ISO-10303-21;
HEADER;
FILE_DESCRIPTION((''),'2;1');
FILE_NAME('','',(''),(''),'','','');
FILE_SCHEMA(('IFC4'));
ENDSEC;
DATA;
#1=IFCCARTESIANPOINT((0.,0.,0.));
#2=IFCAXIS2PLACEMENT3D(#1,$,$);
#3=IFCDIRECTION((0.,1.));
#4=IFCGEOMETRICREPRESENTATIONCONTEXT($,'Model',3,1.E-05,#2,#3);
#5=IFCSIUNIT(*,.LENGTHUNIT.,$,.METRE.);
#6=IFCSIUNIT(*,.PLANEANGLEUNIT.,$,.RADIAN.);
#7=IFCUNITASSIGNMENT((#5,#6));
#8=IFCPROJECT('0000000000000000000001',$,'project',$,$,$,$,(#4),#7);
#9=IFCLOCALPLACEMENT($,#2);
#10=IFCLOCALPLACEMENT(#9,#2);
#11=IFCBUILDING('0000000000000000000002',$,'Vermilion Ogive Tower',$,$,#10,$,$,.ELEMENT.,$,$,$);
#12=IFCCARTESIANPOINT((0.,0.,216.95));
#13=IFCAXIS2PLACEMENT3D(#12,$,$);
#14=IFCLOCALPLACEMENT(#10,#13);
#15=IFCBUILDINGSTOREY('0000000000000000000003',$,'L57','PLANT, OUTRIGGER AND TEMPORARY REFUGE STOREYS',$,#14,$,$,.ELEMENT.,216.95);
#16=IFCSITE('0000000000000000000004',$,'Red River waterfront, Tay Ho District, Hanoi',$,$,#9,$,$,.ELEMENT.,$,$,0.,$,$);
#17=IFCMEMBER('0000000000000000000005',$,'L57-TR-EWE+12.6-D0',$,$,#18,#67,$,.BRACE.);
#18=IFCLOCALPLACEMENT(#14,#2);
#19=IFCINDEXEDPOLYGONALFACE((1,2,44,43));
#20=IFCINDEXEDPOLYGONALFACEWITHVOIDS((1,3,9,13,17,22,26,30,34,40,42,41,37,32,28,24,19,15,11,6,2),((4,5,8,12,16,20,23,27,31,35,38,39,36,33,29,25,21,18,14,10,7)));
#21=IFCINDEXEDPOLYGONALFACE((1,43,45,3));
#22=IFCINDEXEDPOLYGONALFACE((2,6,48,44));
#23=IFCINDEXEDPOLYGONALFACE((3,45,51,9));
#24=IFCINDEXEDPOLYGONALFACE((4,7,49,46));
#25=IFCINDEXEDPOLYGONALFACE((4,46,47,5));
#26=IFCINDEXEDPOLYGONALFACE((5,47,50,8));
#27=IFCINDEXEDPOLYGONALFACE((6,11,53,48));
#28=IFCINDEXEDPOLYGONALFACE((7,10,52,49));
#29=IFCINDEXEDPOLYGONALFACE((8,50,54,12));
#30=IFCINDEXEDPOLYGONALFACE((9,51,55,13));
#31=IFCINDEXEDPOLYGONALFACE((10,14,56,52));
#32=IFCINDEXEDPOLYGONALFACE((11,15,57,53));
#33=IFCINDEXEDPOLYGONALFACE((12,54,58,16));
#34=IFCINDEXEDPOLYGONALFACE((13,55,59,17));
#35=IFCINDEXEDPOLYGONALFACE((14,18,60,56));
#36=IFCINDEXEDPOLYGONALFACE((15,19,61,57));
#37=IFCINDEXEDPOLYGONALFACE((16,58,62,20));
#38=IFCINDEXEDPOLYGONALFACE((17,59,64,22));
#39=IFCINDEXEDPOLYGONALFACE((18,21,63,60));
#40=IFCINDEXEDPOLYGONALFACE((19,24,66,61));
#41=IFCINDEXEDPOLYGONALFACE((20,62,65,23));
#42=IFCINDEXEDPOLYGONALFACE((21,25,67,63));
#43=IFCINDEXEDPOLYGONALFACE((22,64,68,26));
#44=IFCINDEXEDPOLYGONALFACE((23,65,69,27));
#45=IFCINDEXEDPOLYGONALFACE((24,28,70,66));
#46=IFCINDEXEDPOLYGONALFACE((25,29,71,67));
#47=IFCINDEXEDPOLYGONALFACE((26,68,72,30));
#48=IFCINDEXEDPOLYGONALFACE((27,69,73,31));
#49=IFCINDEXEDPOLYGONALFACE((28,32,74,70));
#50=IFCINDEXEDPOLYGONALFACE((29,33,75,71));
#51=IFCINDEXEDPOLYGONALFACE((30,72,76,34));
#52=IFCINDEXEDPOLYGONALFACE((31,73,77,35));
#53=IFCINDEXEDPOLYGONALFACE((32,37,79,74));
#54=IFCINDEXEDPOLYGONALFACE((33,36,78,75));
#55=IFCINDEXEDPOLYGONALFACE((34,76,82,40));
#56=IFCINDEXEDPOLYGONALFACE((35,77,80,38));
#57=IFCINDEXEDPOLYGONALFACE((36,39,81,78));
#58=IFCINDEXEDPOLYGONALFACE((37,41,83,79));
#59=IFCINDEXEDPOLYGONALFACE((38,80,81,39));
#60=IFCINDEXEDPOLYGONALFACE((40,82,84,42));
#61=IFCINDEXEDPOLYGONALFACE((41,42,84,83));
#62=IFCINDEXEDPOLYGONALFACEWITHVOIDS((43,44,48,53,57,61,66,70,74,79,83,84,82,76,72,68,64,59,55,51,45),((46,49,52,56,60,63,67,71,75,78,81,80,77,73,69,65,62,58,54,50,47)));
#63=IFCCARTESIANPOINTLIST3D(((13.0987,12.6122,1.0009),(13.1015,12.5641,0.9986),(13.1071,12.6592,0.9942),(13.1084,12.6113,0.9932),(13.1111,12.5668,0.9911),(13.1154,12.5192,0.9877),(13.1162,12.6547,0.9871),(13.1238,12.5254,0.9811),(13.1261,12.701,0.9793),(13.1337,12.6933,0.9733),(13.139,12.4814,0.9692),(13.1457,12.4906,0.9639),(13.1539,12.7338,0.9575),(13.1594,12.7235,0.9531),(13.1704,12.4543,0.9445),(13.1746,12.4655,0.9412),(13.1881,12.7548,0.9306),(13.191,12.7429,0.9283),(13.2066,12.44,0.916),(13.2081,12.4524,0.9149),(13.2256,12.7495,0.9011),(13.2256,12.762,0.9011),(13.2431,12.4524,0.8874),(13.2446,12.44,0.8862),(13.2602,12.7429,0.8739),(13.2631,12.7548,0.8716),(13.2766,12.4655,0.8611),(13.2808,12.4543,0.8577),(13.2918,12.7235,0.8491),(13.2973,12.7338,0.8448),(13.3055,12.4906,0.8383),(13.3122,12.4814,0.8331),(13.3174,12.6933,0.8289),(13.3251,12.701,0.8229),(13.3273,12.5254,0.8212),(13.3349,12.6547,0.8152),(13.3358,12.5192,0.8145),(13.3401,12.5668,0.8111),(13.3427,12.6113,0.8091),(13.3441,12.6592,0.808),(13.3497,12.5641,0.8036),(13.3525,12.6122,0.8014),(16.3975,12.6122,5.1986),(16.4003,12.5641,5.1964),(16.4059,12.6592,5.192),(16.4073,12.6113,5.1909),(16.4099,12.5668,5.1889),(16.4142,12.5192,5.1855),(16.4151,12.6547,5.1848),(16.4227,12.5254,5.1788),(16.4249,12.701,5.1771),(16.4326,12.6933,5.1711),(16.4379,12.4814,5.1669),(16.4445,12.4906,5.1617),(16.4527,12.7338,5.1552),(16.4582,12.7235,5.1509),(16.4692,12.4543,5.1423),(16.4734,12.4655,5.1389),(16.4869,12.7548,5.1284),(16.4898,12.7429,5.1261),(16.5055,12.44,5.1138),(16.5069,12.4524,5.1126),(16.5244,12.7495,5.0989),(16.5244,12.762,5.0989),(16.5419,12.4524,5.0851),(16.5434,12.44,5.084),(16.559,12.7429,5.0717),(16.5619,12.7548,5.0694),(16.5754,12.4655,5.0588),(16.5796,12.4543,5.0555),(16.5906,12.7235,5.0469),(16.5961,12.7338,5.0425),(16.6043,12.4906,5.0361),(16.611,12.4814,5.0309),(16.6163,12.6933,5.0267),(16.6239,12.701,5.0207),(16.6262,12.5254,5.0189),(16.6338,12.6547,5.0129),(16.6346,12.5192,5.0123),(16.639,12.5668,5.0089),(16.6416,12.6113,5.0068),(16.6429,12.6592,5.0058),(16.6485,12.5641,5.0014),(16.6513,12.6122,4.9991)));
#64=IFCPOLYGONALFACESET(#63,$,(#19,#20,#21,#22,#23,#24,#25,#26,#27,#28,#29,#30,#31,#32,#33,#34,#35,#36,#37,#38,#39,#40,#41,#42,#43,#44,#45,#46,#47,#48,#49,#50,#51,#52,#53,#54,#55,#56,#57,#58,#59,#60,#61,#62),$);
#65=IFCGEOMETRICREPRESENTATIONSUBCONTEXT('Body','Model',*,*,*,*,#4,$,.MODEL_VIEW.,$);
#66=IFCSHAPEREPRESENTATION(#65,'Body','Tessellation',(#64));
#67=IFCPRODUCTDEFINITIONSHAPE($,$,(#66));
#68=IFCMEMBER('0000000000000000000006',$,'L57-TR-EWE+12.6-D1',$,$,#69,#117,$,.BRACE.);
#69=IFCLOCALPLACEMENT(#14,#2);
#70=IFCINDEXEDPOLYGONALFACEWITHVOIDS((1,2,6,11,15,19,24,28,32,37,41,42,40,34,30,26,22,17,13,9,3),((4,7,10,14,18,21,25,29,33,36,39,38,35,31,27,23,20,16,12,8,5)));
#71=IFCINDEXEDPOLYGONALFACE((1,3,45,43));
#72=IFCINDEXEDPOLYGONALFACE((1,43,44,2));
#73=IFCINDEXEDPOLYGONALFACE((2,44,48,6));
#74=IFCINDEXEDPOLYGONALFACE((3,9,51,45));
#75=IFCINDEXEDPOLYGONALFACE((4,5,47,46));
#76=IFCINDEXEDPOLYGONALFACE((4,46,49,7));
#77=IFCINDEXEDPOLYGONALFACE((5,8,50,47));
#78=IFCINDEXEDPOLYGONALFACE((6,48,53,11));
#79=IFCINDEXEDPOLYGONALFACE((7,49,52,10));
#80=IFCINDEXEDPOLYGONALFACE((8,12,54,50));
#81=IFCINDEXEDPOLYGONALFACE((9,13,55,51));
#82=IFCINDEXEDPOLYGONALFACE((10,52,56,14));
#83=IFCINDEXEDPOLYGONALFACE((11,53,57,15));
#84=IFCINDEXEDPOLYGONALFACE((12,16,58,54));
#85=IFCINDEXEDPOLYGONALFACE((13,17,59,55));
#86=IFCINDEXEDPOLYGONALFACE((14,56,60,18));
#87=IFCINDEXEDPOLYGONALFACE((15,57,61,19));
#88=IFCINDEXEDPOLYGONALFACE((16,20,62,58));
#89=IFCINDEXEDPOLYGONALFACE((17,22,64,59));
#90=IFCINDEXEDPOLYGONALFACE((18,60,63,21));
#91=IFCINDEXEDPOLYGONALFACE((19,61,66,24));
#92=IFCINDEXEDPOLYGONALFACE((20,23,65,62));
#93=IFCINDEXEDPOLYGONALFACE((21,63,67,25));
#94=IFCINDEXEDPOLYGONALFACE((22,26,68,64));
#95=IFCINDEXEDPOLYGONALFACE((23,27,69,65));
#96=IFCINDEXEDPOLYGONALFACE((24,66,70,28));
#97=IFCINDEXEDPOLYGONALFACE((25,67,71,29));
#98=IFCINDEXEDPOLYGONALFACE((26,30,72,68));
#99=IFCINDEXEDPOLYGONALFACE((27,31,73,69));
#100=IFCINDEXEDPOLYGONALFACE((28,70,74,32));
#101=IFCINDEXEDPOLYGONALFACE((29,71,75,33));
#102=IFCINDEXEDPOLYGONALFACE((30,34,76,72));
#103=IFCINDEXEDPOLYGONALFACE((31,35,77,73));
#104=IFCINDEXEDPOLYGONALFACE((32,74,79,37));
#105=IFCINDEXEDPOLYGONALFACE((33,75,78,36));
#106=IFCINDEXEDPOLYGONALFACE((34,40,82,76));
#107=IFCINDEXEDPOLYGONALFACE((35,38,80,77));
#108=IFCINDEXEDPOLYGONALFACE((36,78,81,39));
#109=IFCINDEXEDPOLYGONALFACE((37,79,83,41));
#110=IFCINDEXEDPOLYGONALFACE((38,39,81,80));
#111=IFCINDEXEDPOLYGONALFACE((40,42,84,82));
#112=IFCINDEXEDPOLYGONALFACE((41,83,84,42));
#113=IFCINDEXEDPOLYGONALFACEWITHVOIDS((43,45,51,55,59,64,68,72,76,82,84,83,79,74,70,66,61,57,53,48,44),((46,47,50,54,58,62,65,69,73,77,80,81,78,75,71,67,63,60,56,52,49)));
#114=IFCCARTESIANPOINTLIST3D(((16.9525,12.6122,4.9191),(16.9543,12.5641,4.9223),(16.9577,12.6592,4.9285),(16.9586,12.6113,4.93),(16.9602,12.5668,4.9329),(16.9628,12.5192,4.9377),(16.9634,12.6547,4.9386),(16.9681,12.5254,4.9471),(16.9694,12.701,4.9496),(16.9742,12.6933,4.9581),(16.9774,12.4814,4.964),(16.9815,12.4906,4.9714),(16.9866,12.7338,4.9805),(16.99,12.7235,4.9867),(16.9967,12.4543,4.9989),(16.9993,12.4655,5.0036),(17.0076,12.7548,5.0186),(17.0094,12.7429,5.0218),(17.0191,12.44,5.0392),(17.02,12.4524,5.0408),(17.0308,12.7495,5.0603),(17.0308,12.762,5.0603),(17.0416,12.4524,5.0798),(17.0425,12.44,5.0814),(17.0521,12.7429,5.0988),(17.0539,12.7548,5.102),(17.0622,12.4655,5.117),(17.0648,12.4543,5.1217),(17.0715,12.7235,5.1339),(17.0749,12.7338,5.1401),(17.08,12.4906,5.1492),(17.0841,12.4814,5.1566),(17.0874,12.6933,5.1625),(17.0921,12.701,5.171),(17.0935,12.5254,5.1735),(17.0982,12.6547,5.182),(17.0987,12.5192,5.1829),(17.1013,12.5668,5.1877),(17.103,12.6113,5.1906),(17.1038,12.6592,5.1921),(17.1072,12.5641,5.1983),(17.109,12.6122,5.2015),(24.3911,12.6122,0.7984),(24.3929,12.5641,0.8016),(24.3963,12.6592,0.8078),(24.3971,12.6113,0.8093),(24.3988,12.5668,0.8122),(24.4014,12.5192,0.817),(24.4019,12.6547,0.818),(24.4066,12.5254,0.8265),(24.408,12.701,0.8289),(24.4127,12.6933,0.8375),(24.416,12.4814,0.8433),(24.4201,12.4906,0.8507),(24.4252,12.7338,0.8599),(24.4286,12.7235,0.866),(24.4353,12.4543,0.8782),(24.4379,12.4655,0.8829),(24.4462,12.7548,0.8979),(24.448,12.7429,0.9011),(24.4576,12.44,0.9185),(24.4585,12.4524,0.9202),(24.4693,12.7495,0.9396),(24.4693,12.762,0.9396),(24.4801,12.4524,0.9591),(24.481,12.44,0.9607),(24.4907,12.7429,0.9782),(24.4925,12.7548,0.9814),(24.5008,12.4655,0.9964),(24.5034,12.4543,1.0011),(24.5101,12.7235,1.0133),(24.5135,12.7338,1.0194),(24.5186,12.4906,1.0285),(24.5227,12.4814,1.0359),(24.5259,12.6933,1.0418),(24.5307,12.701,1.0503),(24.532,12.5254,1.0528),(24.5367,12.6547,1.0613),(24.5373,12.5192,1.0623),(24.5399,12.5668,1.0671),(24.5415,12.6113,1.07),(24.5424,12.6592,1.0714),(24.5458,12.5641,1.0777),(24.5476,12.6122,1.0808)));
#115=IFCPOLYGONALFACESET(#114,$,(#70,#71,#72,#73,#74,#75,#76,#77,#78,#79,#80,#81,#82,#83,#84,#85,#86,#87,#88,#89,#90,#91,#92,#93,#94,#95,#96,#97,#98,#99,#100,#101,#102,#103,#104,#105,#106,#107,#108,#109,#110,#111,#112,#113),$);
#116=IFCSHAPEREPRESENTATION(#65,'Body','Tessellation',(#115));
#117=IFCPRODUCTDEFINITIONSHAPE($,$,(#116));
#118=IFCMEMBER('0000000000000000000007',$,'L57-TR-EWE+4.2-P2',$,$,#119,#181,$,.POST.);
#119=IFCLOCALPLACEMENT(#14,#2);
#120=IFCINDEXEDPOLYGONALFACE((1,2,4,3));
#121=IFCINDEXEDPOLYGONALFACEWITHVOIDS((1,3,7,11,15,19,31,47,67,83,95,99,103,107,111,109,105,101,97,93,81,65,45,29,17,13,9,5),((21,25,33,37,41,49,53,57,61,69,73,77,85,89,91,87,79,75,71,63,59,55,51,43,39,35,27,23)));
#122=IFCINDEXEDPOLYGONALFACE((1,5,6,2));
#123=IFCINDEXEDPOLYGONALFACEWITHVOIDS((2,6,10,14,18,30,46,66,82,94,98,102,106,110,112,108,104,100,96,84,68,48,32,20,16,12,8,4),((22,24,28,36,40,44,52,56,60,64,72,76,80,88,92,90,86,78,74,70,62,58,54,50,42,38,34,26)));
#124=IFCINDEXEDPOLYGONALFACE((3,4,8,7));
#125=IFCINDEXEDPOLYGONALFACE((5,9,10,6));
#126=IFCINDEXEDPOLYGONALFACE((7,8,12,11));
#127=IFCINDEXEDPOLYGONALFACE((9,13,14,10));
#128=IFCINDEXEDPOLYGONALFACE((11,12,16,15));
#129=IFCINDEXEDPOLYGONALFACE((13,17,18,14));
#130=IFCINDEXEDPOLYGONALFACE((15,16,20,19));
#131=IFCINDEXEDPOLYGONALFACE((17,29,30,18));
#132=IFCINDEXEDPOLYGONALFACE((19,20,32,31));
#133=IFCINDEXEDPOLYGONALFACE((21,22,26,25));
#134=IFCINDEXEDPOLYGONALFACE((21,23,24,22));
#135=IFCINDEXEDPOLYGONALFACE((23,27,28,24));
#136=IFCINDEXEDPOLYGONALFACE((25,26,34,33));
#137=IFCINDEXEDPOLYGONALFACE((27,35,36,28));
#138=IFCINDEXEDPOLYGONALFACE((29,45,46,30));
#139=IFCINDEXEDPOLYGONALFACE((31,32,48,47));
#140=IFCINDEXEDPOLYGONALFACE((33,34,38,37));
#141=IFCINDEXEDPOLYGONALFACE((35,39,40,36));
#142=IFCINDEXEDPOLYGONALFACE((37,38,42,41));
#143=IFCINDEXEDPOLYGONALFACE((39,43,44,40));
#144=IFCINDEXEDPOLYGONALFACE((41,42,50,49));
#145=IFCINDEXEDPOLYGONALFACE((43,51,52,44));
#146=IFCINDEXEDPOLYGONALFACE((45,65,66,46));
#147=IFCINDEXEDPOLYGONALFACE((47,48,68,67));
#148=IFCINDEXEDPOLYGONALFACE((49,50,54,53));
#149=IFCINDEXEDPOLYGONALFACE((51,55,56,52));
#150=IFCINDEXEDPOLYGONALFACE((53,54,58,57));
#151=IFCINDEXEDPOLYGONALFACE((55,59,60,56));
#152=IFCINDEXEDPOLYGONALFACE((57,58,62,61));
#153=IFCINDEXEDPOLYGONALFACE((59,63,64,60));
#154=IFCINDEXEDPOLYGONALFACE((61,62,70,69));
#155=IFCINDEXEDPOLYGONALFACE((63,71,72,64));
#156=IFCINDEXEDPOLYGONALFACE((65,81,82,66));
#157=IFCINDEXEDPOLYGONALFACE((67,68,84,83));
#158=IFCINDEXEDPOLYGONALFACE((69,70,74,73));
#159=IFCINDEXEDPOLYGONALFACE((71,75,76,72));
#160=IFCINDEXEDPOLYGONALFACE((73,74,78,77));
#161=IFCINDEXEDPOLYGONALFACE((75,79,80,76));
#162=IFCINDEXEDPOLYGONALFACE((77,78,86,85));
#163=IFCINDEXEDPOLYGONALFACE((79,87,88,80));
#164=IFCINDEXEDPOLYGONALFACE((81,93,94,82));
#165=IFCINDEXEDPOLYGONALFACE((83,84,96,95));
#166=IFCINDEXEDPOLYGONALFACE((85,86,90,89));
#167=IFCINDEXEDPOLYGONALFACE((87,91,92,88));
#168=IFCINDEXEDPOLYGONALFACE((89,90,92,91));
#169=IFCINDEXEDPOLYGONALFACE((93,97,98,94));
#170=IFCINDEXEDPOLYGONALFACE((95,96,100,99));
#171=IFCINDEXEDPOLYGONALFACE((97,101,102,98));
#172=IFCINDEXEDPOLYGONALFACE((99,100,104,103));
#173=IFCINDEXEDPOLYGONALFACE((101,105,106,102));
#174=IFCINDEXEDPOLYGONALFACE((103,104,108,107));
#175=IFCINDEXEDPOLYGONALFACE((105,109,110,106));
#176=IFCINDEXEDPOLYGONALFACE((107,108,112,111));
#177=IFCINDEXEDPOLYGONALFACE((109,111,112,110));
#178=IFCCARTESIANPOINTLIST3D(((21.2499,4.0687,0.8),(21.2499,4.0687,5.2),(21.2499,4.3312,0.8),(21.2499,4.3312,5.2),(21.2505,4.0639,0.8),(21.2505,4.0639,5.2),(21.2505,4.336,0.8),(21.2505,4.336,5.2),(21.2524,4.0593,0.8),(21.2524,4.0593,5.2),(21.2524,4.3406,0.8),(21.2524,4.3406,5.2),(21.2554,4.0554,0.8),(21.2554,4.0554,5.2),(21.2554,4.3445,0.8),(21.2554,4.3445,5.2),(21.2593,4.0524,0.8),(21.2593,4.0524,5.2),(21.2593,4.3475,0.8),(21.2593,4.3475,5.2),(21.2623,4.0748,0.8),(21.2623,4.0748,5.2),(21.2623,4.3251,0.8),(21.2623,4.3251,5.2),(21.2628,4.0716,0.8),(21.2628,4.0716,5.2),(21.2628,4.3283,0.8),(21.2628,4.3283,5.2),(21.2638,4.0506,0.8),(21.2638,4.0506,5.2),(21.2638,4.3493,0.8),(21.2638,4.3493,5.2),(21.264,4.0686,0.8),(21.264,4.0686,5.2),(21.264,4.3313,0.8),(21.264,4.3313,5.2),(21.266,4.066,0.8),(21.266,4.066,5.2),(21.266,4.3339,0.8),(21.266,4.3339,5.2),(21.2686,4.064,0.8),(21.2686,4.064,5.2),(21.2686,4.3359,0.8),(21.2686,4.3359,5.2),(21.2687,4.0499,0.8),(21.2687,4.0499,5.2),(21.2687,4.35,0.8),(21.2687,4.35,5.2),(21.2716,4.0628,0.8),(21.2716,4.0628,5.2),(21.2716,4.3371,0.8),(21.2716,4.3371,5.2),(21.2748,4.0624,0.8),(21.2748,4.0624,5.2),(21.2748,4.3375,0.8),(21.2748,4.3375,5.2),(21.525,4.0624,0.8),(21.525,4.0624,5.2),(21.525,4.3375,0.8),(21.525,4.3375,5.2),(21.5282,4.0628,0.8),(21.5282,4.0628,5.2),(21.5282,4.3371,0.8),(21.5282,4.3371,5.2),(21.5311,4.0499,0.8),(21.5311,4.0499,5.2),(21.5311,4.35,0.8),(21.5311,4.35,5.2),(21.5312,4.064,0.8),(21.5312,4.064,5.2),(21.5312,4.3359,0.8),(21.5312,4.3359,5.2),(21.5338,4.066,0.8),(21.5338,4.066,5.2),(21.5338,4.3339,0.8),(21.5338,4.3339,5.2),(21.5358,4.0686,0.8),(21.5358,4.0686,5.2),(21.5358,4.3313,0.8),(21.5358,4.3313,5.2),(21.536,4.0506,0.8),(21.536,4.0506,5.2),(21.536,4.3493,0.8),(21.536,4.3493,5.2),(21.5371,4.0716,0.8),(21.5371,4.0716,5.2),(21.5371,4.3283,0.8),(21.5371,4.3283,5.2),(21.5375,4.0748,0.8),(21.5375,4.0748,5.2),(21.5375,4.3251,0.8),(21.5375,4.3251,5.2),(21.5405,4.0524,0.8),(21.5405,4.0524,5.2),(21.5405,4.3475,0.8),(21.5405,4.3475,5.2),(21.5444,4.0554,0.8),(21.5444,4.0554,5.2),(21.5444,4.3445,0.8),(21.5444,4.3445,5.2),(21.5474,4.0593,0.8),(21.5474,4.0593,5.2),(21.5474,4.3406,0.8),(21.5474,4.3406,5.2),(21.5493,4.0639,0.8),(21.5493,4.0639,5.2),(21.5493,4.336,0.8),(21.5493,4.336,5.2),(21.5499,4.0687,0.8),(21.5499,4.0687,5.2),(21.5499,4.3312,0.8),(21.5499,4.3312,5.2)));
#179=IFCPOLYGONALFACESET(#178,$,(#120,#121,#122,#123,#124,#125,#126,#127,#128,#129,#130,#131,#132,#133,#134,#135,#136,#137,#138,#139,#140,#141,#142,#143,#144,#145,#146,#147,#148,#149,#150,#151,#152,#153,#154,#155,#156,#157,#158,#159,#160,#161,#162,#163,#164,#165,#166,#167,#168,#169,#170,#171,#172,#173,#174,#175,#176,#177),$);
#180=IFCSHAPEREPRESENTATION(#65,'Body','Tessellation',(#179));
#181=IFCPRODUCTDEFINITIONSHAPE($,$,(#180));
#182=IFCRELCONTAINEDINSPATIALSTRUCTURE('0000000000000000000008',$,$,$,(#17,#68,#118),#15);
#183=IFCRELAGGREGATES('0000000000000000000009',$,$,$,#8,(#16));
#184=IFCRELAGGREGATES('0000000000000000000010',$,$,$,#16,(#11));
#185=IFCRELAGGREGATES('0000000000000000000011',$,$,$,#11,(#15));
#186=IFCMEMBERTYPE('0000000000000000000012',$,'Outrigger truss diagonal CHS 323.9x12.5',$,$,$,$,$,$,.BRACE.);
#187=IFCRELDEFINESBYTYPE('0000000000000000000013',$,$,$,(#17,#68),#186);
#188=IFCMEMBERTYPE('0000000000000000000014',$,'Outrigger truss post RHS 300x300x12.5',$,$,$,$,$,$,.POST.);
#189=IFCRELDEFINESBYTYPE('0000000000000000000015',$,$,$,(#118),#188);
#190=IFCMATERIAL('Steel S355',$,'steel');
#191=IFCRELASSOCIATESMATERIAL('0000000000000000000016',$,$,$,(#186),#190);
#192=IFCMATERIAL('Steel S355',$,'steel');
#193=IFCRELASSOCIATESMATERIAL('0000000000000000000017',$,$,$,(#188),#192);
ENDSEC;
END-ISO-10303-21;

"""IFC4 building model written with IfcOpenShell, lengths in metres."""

from ifc_helpers import new_model, si_unit, direction, frame, origin, origin_2d, place, context, subcontext, project, spatial, hollow_rectangle, hollow_circle, extrude, material, material_profile, profile_set, type_object, element, save


model = new_model("IFC4")

# Units and contexts
model_context = context("Model", 3, precision=1e-05, world=origin(), true_north=direction((0.0, 1.0)))
body_context = subcontext(model_context, "Body", "Model", "MODEL_VIEW")
ifc_project = project(units=[si_unit("LENGTHUNIT", "METRE"), si_unit("PLANEANGLEUNIT", "RADIAN")], contexts=[model_context])

# Site, building, storey
site_placement = place(None, origin())
site = spatial("IfcSite", under=ifc_project, at=site_placement, Name="Red River waterfront, Tay Ho District, Hanoi", CompositionType="ELEMENT", RefElevation=0.0)
building_placement = place(site_placement, origin())
building = spatial("IfcBuilding", under=site, at=building_placement, Name="Vermilion Ogive Tower", CompositionType="ELEMENT")
storey_placement = place(building_placement, frame((0.0, 0.0, 216.95)))
storey = spatial("IfcBuildingStorey", under=building, at=storey_placement, Name="L57", Description="PLANT, OUTRIGGER AND TEMPORARY REFUGE STOREYS", CompositionType="ELEMENT", Elevation=216.95)

# Members
ifc_material_1 = material(Name="Steel S355", Category="steel")
ifc_material_profile_1 = material_profile(ifc_material_1, hollow_circle(Radius=0.1619, WallThickness=0.0125, at=origin_2d()), Name="CHS 323.9x12.5")
ifc_profile_set_1 = profile_set([ifc_material_profile_1], Name="Steel S355")
member_type_1 = type_object("IfcMemberType", Name="Outrigger truss diagonal CHS 323.9x12.5", PredefinedType="BRACE", material=ifc_profile_set_1)
member_1_placement = place(storey_placement, frame((13.2256, 12.6001, 0.9011), z_axis=(0.61789, 0.0, 0.786264), x_axis=(0.0, 1.0, 0.0)))
element("IfcMember", 1, at=member_1_placement, inside=storey, type_object=member_type_1, Name="L57-TR-EWE+12.6-D0", PredefinedType="BRACE", context=body_context, shape_type="SweptSolid", body=[
    extrude(hollow_circle(Radius=0.1619, WallThickness=0.0125, at=origin_2d()), origin(), (0.0, 0.0, 1.0), 5.3389),
])
member_2_placement = place(storey_placement, frame((17.0308, 12.6001, 5.0603), z_axis=(0.87475, 0.0, -0.484575), x_axis=(0.0, 1.0, 0.0)))
element("IfcMember", 2, at=member_2_placement, inside=storey, type_object=member_type_1, Name="L57-TR-EWE+12.6-D1", PredefinedType="BRACE", context=body_context, shape_type="SweptSolid", body=[
    extrude(hollow_circle(Radius=0.1619, WallThickness=0.0125, at=origin_2d()), origin(), (0.0, 0.0, 1.0), 8.5037),
])
ifc_material_2 = material(Name="Steel S355", Category="steel")
ifc_material_profile_2 = material_profile(ifc_material_2, hollow_rectangle(XDim=0.3, YDim=0.3, WallThickness=0.0125, InnerFilletRadius=0.0125, OuterFilletRadius=0.0188, at=origin_2d()), Name="RHS 300x300x12.5")
ifc_profile_set_2 = profile_set([ifc_material_profile_2], Name="Steel S355")
member_type_2 = type_object("IfcMemberType", Name="Outrigger truss post RHS 300x300x12.5", PredefinedType="POST", material=ifc_profile_set_2)
for number, where, z_axis, x_axis, name in (
    (3, (21.3999, 4.2, 0.8), (0.0, 0.0, 1.0), (1.0, 0.0, 0.0), "L57-TR-EWE+4.2-P2"),
):
    element("IfcMember", number, at=place(storey_placement, frame(where, z_axis=z_axis, x_axis=x_axis)), inside=storey, type_object=member_type_2, Name=name, PredefinedType="POST", context=body_context, shape_type="SweptSolid", body=[
        extrude(hollow_rectangle(XDim=0.3, YDim=0.3, WallThickness=0.0125, InnerFilletRadius=0.0125, OuterFilletRadius=0.0188, at=origin_2d()), origin(), (0.0, 0.0, 1.0), 4.3999),
    ])

save(model, "model.ifc")
